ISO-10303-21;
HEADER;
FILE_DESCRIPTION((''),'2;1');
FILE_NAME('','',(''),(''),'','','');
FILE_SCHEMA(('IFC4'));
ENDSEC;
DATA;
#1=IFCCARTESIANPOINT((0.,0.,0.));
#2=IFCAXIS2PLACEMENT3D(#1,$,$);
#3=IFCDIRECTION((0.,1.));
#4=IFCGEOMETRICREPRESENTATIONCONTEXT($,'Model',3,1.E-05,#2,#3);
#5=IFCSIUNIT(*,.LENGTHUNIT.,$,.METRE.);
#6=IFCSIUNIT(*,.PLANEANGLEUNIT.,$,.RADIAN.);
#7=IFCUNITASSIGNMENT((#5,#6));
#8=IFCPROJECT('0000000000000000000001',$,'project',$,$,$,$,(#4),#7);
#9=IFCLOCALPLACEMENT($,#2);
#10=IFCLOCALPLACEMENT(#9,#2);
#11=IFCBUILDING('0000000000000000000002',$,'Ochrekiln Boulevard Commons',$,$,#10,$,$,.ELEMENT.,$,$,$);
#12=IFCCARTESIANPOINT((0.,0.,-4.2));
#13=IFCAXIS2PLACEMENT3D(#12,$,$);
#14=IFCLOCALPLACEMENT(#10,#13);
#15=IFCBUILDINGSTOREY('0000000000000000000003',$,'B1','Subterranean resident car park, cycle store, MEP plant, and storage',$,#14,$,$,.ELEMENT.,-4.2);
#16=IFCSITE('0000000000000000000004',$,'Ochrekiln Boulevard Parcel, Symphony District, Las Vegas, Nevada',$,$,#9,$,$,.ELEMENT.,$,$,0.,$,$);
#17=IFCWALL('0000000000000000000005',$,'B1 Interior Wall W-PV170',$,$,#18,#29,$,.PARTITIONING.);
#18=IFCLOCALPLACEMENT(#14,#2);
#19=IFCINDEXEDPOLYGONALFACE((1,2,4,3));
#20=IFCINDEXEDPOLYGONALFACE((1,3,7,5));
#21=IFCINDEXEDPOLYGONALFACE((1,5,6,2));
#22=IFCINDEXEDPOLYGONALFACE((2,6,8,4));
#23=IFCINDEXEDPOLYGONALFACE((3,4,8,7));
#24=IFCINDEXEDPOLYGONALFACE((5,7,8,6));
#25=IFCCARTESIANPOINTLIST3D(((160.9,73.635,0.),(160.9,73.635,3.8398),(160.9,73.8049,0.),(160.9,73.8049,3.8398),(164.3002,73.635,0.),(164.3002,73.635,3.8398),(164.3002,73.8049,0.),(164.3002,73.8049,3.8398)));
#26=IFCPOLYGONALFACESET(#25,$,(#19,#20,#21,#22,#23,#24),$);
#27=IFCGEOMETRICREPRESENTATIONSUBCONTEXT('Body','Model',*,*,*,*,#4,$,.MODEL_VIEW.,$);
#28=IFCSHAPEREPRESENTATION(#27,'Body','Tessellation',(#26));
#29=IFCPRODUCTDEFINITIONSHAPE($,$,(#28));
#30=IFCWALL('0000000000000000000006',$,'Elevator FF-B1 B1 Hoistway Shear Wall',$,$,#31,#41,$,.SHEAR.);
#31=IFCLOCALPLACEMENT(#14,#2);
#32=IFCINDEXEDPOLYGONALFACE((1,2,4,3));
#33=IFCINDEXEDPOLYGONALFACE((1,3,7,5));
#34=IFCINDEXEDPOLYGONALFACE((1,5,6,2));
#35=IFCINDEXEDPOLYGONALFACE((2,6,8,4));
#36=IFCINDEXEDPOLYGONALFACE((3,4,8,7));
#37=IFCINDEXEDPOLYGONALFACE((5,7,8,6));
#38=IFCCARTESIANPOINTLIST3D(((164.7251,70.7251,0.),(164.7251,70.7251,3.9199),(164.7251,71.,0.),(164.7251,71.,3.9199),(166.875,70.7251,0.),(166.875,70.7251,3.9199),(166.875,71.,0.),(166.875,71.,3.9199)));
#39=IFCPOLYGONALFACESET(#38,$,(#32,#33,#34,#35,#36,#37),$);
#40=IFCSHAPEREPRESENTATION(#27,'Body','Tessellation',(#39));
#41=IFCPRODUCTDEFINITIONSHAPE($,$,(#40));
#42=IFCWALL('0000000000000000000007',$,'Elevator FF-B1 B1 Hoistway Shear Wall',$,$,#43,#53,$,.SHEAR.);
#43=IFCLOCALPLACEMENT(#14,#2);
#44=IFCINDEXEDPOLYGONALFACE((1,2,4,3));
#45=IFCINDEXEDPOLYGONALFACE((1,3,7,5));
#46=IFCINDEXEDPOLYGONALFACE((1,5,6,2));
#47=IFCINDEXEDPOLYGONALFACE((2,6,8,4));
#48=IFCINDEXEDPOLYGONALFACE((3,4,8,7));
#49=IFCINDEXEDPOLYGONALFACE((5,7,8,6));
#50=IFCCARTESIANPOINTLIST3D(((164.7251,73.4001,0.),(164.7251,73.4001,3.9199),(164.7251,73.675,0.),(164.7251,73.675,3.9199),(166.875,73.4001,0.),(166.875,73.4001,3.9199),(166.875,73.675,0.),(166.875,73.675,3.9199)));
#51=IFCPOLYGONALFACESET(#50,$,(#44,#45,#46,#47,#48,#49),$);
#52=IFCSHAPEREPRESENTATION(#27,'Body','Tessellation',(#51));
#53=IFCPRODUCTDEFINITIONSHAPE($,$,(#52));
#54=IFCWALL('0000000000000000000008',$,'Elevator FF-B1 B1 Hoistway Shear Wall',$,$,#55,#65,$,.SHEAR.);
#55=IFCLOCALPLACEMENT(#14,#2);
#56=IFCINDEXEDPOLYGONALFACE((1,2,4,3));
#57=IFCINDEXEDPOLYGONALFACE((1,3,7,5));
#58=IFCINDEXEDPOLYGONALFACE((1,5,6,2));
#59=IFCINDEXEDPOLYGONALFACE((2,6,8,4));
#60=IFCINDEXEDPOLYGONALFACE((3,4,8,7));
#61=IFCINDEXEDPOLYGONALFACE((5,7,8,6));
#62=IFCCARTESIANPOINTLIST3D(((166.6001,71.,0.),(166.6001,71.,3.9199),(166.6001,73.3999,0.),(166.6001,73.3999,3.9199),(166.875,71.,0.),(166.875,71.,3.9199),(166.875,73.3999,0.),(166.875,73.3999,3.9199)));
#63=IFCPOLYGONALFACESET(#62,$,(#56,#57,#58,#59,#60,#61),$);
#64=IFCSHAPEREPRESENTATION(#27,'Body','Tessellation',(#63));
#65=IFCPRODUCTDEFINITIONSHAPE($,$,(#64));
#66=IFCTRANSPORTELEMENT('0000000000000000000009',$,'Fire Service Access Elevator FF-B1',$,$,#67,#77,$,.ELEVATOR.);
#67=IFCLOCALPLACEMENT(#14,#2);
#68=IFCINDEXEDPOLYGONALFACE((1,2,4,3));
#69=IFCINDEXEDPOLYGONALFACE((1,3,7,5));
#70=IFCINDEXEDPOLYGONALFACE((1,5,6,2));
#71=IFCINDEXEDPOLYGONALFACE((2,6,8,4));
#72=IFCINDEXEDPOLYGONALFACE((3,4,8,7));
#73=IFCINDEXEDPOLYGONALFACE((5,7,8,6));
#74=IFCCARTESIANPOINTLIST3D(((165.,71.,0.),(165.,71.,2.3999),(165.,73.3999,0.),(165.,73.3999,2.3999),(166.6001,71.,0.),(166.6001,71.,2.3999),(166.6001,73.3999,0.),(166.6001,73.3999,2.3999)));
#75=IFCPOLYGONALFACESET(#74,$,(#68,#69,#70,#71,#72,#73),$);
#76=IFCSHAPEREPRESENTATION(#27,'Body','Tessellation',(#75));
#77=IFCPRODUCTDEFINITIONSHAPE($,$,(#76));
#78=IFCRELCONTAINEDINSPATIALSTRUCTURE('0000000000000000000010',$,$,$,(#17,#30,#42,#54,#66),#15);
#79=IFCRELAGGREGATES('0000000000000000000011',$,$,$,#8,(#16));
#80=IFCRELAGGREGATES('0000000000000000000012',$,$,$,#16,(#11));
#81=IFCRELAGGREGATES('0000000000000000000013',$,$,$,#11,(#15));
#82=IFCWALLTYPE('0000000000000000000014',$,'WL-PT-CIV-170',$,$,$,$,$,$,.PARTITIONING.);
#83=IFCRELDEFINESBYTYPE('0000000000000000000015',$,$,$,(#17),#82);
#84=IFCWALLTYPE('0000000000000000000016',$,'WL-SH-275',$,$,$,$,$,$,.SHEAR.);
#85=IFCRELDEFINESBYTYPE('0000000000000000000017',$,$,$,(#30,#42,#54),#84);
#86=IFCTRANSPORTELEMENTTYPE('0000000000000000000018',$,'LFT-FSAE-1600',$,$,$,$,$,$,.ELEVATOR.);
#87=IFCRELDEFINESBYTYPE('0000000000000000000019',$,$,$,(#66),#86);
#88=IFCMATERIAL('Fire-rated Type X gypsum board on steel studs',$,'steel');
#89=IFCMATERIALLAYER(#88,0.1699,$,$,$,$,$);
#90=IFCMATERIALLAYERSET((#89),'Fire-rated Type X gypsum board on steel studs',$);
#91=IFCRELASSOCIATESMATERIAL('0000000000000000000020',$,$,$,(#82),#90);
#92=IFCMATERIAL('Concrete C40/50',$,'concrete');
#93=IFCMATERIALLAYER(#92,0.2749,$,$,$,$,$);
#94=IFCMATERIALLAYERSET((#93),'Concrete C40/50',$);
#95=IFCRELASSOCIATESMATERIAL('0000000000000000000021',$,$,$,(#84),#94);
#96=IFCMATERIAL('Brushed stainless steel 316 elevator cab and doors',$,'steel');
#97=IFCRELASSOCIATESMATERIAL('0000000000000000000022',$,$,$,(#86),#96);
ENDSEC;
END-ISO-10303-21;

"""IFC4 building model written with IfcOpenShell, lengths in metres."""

from ifc_helpers import new_model, si_unit, direction, frame, frame_2d, origin, origin_2d, place, context, subcontext, project, spatial, rectangle, extrude, material, layer, layer_set, type_object, element, save


model = new_model("IFC4")

# Units and contexts
model_context = context("Model", 3, precision=1e-05, world=origin(), true_north=direction((0.0, 1.0)))
body_context = subcontext(model_context, "Body", "Model", "MODEL_VIEW")
ifc_project = project(units=[si_unit("LENGTHUNIT", "METRE"), si_unit("PLANEANGLEUNIT", "RADIAN")], contexts=[model_context])

# Site, building, storey
site_placement = place(None, origin())
site = spatial("IfcSite", under=ifc_project, at=site_placement, Name="Ochrekiln Boulevard Parcel, Symphony District, Las Vegas, Nevada", CompositionType="ELEMENT", RefElevation=0.0)
building_placement = place(site_placement, origin())
building = spatial("IfcBuilding", under=site, at=building_placement, Name="Ochrekiln Boulevard Commons", CompositionType="ELEMENT")
storey_placement = place(building_placement, frame((0.0, 0.0, -4.2)))
storey = spatial("IfcBuildingStorey", under=building, at=storey_placement, Name="B1", Description="Subterranean resident car park, cycle store, MEP plant, and storage", CompositionType="ELEMENT", Elevation=-4.2)

# Shared definitions
ifc_material_1 = material(Name="Concrete C40/50", Category="concrete")

# Walls
ifc_material_2 = material(Name="Fire-rated Type X gypsum board on steel studs", Category="steel")
ifc_layer_1 = layer(ifc_material_2, 0.1699)
ifc_layer_set_1 = layer_set([ifc_layer_1], Name="Fire-rated Type X gypsum board on steel studs")
wall_type_1 = type_object("IfcWallType", Name="WL-PT-CIV-170", PredefinedType="PARTITIONING", material=ifc_layer_set_1)
wall_1_placement = place(storey_placement, frame((160.8999, 73.72, 0.0), z_axis=(0.0, 0.0, 1.0), x_axis=(1.0, 0.0, 0.0)))
element("IfcWall", 1, at=wall_1_placement, inside=storey, type_object=wall_type_1, Name="B1 Interior Wall W-PV170", PredefinedType="PARTITIONING", context=body_context, shape_type="SweptSolid", body=[
    extrude(rectangle(XDim=3.4001, YDim=0.1699, at=frame_2d((1.7002, 0.0))), origin(), (0.0, 0.0, 1.0), 3.8398),
])
ifc_layer_2 = layer(ifc_material_1, 0.2749)
ifc_layer_set_2 = layer_set([ifc_layer_2], Name="Concrete C40/50")
wall_type_2 = type_object("IfcWallType", Name="WL-SH-275", PredefinedType="SHEAR", material=ifc_layer_set_2)
for number, where, z_axis, x_axis, name in (
    (2, (164.7251, 70.8625, 0.0), (0.0, 0.0, 1.0), (1.0, 0.0, 0.0), "Elevator FF-B1 B1 Hoistway Shear Wall"),
    (3, (164.7251, 73.5376, 0.0), (0.0, 0.0, 1.0), (1.0, 0.0, 0.0), "Elevator FF-B1 B1 Hoistway Shear Wall"),
):
    element("IfcWall", number, at=place(storey_placement, frame(where, z_axis=z_axis, x_axis=x_axis)), inside=storey, type_object=wall_type_2, Name=name, PredefinedType="SHEAR", context=body_context, shape_type="SweptSolid", body=[
        extrude(rectangle(XDim=2.1499, YDim=0.2749, at=frame_2d((1.075, 0.0))), origin(), (0.0, 0.0, 1.0), 3.9199),
    ])

# Shared definitions
ifc_material_3 = material(Name="Brushed stainless steel 316 elevator cab and doors", Category="steel")

# Wall
wall_2_placement = place(storey_placement, frame((166.7375, 71.0, 0.0), z_axis=(0.0, 0.0, 1.0), x_axis=(0.0, 1.0, 0.0)))
element("IfcWall", 4, at=wall_2_placement, inside=storey, type_object=wall_type_2, Name="Elevator FF-B1 B1 Hoistway Shear Wall", PredefinedType="SHEAR", context=body_context, shape_type="SweptSolid", body=[
    extrude(rectangle(XDim=2.3999, YDim=0.2749, at=frame_2d((1.2, 0.0))), origin(), (0.0, 0.0, 1.0), 3.9199),
])

# Transport element
transport_element_type = type_object("IfcTransportElementType", Name="LFT-FSAE-1600", PredefinedType="ELEVATOR", material=ifc_material_3)
transport_element_placement = place(storey_placement, frame((165.8, 72.2, 0.0), z_axis=(0.0, 0.0, 1.0), x_axis=(1.0, 0.0, 0.0)))
element("IfcTransportElement", 5, at=transport_element_placement, inside=storey, type_object=transport_element_type, Name="Fire Service Access Elevator FF-B1", PredefinedType="ELEVATOR", context=body_context, shape_type="SweptSolid", body=[
    extrude(rectangle(XDim=1.6001, YDim=2.3999, at=origin_2d()), origin(), (0.0, 0.0, 1.0), 2.3999),
])

save(model, "model.ifc")
